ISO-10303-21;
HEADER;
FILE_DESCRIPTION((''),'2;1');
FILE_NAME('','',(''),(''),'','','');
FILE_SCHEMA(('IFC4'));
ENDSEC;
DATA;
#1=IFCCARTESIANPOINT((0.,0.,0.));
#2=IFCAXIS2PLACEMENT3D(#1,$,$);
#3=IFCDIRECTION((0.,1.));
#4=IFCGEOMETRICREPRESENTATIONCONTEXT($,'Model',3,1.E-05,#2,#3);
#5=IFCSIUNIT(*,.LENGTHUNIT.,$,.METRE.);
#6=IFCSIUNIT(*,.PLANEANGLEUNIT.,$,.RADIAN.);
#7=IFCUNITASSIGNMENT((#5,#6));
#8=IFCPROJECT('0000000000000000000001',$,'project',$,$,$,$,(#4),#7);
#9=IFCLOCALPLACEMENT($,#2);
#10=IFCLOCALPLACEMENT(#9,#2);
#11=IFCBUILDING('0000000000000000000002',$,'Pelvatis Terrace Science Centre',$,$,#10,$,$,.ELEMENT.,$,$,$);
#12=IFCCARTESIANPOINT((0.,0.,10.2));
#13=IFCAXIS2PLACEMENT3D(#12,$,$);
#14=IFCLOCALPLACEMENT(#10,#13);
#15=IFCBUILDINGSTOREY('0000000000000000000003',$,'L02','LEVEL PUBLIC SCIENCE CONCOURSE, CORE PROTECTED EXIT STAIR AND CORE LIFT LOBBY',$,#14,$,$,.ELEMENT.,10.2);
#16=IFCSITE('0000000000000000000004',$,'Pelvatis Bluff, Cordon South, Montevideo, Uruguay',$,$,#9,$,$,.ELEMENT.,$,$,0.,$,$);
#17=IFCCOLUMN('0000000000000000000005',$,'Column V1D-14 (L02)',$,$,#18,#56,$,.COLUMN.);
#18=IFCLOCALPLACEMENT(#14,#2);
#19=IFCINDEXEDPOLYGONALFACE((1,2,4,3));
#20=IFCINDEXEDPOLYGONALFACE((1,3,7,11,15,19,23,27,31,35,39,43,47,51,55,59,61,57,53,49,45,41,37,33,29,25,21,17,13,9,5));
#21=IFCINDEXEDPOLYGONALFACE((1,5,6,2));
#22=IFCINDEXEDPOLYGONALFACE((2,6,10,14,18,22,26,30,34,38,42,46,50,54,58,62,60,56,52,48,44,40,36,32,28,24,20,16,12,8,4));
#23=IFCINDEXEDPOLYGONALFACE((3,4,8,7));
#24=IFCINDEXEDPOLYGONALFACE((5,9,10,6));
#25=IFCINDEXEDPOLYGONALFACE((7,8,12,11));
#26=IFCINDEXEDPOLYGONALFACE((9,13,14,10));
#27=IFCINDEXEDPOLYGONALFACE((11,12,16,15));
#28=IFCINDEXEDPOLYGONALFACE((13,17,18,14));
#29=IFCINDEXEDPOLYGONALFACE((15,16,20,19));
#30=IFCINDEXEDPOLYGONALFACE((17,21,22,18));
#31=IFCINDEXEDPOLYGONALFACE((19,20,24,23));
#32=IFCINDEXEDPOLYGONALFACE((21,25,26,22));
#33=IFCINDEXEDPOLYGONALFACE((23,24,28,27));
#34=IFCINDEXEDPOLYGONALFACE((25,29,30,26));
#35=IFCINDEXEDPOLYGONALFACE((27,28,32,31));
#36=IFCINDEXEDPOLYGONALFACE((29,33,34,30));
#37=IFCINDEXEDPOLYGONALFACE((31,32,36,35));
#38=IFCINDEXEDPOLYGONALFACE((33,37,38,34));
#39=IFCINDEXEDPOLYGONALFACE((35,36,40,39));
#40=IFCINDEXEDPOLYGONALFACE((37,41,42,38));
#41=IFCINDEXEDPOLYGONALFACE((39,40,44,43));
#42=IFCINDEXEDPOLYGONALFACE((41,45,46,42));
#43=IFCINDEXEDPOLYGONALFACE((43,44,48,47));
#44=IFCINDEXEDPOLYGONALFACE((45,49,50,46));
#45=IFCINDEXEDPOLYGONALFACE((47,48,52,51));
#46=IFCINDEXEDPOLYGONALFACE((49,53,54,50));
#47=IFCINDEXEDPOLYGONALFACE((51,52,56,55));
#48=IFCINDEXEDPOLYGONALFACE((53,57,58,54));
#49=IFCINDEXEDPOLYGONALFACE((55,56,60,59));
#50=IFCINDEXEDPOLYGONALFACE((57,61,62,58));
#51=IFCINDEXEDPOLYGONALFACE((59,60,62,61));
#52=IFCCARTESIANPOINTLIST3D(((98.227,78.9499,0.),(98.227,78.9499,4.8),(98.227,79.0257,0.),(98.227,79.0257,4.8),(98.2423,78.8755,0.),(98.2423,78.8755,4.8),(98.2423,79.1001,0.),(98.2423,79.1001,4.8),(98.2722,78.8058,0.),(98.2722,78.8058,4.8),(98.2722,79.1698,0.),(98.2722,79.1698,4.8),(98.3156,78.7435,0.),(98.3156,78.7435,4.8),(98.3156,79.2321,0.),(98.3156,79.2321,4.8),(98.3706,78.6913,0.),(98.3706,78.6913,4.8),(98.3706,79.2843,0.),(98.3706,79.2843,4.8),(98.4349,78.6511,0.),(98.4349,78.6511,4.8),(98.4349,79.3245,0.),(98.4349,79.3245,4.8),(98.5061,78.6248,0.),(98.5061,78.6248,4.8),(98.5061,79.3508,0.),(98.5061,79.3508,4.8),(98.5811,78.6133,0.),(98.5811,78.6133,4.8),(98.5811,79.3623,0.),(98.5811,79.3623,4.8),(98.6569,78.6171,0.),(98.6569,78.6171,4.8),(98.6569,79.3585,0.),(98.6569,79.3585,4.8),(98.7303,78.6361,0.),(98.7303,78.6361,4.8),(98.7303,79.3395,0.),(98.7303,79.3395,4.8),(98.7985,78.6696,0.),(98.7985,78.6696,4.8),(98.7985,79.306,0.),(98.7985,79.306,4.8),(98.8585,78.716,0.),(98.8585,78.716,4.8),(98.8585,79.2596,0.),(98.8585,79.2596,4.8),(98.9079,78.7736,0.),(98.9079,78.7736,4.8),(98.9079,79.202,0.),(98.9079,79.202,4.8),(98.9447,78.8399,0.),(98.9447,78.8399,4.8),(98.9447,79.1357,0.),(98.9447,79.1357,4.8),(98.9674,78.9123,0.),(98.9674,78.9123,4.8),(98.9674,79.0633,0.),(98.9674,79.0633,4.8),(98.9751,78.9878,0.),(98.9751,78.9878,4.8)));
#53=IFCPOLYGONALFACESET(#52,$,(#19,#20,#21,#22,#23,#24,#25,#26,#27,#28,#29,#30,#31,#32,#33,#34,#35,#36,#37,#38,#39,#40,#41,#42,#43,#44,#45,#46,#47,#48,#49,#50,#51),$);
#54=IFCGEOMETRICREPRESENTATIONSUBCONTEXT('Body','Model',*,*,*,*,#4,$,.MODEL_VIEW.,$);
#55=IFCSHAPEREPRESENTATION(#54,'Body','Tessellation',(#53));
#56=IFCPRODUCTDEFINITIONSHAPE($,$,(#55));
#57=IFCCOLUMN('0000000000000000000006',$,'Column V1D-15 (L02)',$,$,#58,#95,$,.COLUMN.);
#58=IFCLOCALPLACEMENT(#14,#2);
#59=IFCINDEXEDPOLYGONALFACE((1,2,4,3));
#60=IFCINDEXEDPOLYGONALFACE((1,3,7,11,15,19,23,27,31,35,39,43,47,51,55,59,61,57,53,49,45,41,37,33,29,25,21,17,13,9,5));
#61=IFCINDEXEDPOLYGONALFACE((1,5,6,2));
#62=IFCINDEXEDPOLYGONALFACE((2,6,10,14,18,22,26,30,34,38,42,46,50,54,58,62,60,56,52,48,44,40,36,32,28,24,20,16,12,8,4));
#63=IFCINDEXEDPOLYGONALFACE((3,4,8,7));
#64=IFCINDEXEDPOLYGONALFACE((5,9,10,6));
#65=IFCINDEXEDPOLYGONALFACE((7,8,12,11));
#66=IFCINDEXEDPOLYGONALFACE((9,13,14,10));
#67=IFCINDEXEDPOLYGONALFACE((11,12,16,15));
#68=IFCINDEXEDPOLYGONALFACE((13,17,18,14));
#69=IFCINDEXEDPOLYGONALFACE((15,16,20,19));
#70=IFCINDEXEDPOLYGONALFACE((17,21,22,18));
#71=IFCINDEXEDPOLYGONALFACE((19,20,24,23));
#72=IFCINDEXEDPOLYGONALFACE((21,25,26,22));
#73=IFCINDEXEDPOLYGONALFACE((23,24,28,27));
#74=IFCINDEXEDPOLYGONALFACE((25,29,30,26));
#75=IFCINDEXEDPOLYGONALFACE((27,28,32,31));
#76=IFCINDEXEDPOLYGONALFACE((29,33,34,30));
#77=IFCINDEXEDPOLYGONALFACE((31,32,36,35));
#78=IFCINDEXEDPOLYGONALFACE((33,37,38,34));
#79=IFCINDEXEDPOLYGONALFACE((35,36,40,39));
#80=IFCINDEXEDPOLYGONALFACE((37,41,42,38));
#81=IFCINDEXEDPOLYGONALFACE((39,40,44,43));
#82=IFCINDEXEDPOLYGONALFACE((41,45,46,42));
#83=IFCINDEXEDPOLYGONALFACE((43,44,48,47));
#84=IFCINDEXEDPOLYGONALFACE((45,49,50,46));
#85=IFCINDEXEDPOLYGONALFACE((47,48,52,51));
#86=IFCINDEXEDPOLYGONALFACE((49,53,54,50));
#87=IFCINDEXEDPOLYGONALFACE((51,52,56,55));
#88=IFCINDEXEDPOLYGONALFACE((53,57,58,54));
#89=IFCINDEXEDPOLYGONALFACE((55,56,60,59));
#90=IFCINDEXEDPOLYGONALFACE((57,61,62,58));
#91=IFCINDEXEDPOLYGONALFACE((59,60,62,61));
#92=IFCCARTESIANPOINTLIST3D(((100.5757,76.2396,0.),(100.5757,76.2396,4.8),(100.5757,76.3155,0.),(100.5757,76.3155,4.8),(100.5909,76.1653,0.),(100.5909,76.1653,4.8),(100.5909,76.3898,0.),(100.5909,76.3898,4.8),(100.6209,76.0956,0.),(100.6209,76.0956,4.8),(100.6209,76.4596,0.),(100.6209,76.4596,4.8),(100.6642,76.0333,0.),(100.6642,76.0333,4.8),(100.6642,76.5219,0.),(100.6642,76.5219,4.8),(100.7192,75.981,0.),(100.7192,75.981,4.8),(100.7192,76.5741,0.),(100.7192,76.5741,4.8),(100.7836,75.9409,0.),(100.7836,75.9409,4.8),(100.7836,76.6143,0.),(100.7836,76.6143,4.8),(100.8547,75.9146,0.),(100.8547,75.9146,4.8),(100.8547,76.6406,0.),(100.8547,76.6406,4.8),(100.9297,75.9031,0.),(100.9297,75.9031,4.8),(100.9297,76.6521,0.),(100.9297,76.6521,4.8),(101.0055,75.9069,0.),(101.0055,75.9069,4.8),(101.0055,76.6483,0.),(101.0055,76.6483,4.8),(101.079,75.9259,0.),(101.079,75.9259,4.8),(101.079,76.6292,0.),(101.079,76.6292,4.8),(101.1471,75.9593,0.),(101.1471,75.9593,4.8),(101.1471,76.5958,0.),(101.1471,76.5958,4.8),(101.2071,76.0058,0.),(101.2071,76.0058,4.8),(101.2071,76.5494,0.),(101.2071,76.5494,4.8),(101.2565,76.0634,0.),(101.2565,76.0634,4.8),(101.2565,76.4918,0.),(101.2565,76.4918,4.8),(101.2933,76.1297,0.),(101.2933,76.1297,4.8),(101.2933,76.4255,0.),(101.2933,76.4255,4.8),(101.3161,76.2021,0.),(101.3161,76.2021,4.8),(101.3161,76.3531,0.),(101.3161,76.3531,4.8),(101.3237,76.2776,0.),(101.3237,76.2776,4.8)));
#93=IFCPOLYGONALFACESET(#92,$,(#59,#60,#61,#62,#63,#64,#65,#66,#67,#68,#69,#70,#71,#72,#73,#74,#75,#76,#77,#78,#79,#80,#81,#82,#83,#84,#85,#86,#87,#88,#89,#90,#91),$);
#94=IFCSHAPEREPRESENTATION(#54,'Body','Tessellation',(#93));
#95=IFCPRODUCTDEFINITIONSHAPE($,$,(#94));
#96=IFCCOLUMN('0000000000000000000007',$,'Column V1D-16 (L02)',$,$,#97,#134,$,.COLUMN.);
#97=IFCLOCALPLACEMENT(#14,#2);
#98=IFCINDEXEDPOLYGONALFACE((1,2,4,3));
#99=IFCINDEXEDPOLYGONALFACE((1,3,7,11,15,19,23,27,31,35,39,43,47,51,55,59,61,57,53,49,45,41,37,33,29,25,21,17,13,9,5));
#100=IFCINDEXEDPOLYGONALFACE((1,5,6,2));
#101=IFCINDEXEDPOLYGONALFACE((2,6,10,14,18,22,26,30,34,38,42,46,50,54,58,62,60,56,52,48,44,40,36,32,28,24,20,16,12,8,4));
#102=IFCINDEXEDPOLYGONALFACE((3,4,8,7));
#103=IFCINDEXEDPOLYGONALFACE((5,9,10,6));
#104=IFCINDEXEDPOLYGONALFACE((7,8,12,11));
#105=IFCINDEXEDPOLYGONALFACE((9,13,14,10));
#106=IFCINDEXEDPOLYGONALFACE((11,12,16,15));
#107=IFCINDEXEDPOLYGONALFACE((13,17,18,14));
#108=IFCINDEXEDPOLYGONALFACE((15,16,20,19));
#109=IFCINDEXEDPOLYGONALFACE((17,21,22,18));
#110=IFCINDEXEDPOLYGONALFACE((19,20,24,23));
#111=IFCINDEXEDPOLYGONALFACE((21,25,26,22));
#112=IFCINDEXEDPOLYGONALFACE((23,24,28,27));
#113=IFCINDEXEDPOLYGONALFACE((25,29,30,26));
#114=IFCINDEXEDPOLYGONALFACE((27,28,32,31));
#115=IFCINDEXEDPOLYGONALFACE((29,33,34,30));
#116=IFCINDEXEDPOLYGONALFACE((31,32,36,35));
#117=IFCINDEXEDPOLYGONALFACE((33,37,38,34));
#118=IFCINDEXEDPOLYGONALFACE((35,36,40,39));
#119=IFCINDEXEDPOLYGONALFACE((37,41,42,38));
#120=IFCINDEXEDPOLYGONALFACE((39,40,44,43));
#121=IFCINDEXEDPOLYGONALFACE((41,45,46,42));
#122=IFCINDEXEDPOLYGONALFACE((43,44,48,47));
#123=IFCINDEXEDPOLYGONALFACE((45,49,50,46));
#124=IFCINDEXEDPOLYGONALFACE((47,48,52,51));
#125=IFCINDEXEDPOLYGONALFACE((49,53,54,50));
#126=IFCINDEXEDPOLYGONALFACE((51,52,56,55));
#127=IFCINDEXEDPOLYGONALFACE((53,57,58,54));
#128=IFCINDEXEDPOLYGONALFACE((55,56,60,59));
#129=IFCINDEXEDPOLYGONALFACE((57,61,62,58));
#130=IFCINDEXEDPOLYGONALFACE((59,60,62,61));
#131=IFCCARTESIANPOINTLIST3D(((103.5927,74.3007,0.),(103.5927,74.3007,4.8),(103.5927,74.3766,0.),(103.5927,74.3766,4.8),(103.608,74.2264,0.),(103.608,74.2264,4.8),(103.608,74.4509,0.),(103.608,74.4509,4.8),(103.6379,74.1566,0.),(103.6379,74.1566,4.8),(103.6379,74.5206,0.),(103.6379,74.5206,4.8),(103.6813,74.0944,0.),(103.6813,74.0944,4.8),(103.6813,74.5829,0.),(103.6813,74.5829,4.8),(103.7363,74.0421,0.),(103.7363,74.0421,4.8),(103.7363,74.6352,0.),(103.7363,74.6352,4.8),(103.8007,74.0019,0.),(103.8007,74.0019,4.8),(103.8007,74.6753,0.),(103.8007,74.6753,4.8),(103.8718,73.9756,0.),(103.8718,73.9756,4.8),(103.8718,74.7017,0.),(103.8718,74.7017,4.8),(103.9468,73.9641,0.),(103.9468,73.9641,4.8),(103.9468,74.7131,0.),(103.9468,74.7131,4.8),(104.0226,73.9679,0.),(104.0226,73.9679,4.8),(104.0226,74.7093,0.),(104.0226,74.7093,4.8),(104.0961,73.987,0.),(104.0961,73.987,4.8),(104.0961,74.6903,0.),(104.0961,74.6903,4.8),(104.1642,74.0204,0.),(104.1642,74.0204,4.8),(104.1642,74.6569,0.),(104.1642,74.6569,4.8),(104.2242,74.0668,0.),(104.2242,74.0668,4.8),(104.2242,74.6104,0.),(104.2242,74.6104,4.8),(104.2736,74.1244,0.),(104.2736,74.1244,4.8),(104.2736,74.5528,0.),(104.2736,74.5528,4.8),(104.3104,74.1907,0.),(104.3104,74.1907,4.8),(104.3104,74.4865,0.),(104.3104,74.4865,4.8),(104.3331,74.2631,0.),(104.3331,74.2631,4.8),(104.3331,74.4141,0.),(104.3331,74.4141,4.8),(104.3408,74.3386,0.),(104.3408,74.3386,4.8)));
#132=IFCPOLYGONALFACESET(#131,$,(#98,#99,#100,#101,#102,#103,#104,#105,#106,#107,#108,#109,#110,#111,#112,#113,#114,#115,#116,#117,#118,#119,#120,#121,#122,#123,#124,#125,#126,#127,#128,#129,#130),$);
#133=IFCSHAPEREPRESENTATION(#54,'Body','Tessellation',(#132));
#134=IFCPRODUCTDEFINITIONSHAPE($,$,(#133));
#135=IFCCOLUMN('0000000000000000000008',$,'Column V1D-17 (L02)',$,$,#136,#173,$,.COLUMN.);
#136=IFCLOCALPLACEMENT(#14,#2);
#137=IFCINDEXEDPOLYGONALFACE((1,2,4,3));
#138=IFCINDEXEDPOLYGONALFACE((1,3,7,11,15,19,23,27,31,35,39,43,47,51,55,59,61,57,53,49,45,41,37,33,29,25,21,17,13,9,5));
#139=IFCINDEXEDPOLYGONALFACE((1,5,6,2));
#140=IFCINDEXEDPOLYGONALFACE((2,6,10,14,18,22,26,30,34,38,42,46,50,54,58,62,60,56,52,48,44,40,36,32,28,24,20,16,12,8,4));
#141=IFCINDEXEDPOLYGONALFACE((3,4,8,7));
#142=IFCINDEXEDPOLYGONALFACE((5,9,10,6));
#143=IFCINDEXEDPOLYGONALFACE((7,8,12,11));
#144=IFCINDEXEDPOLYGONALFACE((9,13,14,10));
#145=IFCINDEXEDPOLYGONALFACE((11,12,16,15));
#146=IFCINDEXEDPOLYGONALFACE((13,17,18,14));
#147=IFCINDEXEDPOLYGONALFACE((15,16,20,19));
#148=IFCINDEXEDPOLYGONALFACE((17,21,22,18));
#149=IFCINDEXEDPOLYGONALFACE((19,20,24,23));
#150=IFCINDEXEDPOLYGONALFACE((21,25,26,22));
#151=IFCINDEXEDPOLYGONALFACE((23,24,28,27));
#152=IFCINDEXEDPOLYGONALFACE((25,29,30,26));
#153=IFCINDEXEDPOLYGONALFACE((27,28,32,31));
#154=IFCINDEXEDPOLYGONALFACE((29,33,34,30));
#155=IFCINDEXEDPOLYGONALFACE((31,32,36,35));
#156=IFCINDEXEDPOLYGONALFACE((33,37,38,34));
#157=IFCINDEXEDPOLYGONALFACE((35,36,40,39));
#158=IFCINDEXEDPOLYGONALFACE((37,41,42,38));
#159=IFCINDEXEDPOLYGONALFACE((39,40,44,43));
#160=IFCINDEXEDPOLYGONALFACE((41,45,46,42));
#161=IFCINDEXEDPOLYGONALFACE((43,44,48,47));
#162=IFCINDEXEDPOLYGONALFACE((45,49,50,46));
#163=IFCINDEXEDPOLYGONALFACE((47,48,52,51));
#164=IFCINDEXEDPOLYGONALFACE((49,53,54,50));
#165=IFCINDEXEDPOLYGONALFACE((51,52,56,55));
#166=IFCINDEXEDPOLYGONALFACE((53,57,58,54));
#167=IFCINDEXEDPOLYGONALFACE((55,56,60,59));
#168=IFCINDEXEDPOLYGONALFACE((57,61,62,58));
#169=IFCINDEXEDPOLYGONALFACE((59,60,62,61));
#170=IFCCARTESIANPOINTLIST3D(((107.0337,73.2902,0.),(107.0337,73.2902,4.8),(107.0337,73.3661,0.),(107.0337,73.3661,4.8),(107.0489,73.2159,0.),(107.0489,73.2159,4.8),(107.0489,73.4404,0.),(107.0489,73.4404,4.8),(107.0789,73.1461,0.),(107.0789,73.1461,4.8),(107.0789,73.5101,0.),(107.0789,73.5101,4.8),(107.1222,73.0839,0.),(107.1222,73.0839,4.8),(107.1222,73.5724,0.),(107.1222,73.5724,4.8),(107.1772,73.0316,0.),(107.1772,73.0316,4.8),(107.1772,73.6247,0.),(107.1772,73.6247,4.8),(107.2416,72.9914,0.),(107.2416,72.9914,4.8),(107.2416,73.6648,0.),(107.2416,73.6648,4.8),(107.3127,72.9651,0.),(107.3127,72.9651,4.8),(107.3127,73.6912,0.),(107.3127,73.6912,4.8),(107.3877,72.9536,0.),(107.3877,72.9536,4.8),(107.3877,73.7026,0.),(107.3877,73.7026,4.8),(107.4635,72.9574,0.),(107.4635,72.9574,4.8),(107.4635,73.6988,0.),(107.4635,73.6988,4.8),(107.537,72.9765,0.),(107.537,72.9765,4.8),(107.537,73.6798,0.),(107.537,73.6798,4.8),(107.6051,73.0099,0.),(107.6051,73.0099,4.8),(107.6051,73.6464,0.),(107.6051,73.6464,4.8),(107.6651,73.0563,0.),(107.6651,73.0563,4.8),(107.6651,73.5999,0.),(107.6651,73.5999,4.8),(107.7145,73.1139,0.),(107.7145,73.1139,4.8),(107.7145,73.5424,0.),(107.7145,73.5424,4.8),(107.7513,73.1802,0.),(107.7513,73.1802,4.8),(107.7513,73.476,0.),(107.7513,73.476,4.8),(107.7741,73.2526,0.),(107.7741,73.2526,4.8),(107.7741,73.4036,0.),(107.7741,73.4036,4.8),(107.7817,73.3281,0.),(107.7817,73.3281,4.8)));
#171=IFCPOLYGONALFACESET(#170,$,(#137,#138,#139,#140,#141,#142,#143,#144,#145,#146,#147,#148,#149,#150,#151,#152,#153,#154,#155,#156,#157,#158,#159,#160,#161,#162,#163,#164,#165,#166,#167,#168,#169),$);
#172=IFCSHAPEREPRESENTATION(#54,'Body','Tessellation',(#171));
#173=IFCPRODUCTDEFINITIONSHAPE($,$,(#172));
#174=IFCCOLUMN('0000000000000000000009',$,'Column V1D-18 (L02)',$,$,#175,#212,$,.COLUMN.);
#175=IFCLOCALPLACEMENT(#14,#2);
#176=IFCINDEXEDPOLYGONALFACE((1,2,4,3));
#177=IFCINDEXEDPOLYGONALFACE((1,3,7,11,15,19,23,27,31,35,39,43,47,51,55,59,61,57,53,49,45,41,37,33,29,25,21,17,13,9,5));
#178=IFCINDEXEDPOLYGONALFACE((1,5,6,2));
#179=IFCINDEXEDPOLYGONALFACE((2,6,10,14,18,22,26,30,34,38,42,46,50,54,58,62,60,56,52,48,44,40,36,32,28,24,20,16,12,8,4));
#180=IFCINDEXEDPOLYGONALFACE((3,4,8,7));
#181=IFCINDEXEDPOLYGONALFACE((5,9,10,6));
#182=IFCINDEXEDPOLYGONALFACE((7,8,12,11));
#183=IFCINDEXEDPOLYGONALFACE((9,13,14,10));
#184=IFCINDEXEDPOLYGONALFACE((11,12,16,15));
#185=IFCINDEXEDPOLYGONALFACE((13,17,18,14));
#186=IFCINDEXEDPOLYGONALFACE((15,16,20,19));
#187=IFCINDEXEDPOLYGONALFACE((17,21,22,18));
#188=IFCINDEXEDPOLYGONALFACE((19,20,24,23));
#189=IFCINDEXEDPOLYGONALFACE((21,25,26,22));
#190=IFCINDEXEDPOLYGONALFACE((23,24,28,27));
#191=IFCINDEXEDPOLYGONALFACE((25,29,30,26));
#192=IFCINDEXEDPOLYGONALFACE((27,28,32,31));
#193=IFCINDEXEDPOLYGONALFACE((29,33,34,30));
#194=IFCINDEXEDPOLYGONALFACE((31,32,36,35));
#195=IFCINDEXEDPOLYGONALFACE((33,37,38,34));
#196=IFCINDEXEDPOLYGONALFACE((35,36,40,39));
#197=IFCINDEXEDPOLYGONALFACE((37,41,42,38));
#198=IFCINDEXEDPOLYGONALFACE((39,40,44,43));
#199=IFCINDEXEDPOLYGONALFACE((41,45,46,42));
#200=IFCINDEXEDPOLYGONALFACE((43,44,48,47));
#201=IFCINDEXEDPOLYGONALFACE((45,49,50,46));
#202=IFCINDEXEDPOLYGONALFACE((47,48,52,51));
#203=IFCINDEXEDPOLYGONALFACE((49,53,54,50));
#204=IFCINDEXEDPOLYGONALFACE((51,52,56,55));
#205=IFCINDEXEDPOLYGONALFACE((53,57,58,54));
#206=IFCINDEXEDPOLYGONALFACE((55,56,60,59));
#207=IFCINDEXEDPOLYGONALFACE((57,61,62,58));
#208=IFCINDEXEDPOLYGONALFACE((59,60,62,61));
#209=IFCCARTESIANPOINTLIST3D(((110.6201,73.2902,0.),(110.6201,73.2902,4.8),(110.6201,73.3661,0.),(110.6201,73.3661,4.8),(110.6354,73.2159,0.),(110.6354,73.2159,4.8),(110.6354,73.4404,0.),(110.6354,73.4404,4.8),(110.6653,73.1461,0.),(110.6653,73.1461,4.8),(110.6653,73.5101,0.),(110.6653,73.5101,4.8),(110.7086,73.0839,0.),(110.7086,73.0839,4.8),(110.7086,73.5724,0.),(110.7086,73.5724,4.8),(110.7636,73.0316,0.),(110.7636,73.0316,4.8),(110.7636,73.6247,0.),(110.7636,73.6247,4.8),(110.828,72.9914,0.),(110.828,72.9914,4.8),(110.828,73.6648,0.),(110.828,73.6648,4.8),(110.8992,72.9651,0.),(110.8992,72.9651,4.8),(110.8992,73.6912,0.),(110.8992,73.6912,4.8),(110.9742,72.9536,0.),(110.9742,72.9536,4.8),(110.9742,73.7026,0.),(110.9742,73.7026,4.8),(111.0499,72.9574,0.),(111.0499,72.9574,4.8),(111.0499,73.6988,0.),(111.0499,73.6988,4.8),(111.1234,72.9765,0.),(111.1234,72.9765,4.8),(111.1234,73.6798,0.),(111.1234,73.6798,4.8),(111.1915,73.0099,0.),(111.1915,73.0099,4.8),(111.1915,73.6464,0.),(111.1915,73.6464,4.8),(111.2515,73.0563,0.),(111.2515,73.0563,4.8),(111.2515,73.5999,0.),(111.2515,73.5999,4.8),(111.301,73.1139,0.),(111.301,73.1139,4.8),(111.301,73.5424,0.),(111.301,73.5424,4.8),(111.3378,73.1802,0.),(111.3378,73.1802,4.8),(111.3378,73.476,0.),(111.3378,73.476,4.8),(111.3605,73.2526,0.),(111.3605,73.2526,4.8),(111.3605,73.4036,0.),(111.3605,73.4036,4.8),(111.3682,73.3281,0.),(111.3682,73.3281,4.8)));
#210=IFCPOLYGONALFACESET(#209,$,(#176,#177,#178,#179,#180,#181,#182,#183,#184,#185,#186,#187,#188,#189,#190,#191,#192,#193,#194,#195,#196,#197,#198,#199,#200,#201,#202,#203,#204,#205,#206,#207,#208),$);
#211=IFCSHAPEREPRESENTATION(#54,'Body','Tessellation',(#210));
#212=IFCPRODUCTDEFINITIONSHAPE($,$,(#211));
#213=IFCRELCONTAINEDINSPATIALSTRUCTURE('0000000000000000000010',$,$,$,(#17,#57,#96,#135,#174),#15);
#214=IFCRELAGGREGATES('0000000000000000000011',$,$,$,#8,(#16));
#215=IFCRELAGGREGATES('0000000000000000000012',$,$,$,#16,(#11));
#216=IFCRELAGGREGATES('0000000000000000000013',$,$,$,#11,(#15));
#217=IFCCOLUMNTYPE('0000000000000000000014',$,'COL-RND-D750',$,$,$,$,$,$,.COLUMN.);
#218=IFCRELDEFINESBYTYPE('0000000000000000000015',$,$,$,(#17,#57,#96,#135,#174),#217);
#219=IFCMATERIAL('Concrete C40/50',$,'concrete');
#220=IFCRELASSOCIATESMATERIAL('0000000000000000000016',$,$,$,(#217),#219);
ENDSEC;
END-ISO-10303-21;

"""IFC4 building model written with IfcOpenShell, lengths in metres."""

from ifc_helpers import new_model, si_unit, direction, frame, origin, origin_2d, place, context, subcontext, project, spatial, circle, extrude, material, material_profile, profile_set, type_object, element, save


model = new_model("IFC4")

# Units and contexts
model_context = context("Model", 3, precision=1e-05, world=origin(), true_north=direction((0.0, 1.0)))
body_context = subcontext(model_context, "Body", "Model", "MODEL_VIEW")
ifc_project = project(units=[si_unit("LENGTHUNIT", "METRE"), si_unit("PLANEANGLEUNIT", "RADIAN")], contexts=[model_context])

# Site, building, storey
site_placement = place(None, origin())
site = spatial("IfcSite", under=ifc_project, at=site_placement, Name="Pelvatis Bluff, Cordon South, Montevideo, Uruguay", CompositionType="ELEMENT", RefElevation=0.0)
building_placement = place(site_placement, origin())
building = spatial("IfcBuilding", under=site, at=building_placement, Name="Pelvatis Terrace Science Centre", CompositionType="ELEMENT")
storey_placement = place(building_placement, frame((0.0, 0.0, 10.2)))
storey = spatial("IfcBuildingStorey", under=building, at=storey_placement, Name="L02", Description="LEVEL PUBLIC SCIENCE CONCOURSE, CORE PROTECTED EXIT STAIR AND CORE LIFT LOBBY", CompositionType="ELEMENT", Elevation=10.2)

# Columns
ifc_material_1 = material(Name="Concrete C40/50", Category="concrete")
ifc_material_profile_1 = material_profile(ifc_material_1, circle(Radius=0.375, at=origin_2d()), Name="RC-RCOL D750")
ifc_profile_set_1 = profile_set([ifc_material_profile_1], Name="Concrete C40/50")
column_type_1 = type_object("IfcColumnType", Name="COL-RND-D750", PredefinedType="COLUMN", material=ifc_profile_set_1)
for number, where, z_axis, x_axis, name in (
    (1, (98.6001, 78.9878, 0.0), (0.0, 0.0, 1.0), (1.0, 0.0, 0.0), "Column V1D-14 (L02)"),
    (2, (100.9487, 76.2776, 0.0), (0.0, 0.0, 1.0), (1.0, 0.0, 0.0), "Column V1D-15 (L02)"),
    (3, (103.9658, 74.3386, 0.0), (0.0, 0.0, 1.0), (1.0, 0.0, 0.0), "Column V1D-16 (L02)"),
    (4, (107.4067, 73.3281, 0.0), (0.0, 0.0, 1.0), (1.0, 0.0, 0.0), "Column V1D-17 (L02)"),
    (5, (110.9932, 73.3281, 0.0), (0.0, 0.0, 1.0), (1.0, 0.0, 0.0), "Column V1D-18 (L02)"),
):
    element("IfcColumn", number, at=place(storey_placement, frame(where, z_axis=z_axis, x_axis=x_axis)), inside=storey, type_object=column_type_1, Name=name, PredefinedType="COLUMN", context=body_context, shape_type="SweptSolid", body=[
        extrude(circle(Radius=0.375, at=origin_2d()), origin(), (0.0, 0.0, 1.0), 4.8),
    ])

save(model, "model.ifc")
